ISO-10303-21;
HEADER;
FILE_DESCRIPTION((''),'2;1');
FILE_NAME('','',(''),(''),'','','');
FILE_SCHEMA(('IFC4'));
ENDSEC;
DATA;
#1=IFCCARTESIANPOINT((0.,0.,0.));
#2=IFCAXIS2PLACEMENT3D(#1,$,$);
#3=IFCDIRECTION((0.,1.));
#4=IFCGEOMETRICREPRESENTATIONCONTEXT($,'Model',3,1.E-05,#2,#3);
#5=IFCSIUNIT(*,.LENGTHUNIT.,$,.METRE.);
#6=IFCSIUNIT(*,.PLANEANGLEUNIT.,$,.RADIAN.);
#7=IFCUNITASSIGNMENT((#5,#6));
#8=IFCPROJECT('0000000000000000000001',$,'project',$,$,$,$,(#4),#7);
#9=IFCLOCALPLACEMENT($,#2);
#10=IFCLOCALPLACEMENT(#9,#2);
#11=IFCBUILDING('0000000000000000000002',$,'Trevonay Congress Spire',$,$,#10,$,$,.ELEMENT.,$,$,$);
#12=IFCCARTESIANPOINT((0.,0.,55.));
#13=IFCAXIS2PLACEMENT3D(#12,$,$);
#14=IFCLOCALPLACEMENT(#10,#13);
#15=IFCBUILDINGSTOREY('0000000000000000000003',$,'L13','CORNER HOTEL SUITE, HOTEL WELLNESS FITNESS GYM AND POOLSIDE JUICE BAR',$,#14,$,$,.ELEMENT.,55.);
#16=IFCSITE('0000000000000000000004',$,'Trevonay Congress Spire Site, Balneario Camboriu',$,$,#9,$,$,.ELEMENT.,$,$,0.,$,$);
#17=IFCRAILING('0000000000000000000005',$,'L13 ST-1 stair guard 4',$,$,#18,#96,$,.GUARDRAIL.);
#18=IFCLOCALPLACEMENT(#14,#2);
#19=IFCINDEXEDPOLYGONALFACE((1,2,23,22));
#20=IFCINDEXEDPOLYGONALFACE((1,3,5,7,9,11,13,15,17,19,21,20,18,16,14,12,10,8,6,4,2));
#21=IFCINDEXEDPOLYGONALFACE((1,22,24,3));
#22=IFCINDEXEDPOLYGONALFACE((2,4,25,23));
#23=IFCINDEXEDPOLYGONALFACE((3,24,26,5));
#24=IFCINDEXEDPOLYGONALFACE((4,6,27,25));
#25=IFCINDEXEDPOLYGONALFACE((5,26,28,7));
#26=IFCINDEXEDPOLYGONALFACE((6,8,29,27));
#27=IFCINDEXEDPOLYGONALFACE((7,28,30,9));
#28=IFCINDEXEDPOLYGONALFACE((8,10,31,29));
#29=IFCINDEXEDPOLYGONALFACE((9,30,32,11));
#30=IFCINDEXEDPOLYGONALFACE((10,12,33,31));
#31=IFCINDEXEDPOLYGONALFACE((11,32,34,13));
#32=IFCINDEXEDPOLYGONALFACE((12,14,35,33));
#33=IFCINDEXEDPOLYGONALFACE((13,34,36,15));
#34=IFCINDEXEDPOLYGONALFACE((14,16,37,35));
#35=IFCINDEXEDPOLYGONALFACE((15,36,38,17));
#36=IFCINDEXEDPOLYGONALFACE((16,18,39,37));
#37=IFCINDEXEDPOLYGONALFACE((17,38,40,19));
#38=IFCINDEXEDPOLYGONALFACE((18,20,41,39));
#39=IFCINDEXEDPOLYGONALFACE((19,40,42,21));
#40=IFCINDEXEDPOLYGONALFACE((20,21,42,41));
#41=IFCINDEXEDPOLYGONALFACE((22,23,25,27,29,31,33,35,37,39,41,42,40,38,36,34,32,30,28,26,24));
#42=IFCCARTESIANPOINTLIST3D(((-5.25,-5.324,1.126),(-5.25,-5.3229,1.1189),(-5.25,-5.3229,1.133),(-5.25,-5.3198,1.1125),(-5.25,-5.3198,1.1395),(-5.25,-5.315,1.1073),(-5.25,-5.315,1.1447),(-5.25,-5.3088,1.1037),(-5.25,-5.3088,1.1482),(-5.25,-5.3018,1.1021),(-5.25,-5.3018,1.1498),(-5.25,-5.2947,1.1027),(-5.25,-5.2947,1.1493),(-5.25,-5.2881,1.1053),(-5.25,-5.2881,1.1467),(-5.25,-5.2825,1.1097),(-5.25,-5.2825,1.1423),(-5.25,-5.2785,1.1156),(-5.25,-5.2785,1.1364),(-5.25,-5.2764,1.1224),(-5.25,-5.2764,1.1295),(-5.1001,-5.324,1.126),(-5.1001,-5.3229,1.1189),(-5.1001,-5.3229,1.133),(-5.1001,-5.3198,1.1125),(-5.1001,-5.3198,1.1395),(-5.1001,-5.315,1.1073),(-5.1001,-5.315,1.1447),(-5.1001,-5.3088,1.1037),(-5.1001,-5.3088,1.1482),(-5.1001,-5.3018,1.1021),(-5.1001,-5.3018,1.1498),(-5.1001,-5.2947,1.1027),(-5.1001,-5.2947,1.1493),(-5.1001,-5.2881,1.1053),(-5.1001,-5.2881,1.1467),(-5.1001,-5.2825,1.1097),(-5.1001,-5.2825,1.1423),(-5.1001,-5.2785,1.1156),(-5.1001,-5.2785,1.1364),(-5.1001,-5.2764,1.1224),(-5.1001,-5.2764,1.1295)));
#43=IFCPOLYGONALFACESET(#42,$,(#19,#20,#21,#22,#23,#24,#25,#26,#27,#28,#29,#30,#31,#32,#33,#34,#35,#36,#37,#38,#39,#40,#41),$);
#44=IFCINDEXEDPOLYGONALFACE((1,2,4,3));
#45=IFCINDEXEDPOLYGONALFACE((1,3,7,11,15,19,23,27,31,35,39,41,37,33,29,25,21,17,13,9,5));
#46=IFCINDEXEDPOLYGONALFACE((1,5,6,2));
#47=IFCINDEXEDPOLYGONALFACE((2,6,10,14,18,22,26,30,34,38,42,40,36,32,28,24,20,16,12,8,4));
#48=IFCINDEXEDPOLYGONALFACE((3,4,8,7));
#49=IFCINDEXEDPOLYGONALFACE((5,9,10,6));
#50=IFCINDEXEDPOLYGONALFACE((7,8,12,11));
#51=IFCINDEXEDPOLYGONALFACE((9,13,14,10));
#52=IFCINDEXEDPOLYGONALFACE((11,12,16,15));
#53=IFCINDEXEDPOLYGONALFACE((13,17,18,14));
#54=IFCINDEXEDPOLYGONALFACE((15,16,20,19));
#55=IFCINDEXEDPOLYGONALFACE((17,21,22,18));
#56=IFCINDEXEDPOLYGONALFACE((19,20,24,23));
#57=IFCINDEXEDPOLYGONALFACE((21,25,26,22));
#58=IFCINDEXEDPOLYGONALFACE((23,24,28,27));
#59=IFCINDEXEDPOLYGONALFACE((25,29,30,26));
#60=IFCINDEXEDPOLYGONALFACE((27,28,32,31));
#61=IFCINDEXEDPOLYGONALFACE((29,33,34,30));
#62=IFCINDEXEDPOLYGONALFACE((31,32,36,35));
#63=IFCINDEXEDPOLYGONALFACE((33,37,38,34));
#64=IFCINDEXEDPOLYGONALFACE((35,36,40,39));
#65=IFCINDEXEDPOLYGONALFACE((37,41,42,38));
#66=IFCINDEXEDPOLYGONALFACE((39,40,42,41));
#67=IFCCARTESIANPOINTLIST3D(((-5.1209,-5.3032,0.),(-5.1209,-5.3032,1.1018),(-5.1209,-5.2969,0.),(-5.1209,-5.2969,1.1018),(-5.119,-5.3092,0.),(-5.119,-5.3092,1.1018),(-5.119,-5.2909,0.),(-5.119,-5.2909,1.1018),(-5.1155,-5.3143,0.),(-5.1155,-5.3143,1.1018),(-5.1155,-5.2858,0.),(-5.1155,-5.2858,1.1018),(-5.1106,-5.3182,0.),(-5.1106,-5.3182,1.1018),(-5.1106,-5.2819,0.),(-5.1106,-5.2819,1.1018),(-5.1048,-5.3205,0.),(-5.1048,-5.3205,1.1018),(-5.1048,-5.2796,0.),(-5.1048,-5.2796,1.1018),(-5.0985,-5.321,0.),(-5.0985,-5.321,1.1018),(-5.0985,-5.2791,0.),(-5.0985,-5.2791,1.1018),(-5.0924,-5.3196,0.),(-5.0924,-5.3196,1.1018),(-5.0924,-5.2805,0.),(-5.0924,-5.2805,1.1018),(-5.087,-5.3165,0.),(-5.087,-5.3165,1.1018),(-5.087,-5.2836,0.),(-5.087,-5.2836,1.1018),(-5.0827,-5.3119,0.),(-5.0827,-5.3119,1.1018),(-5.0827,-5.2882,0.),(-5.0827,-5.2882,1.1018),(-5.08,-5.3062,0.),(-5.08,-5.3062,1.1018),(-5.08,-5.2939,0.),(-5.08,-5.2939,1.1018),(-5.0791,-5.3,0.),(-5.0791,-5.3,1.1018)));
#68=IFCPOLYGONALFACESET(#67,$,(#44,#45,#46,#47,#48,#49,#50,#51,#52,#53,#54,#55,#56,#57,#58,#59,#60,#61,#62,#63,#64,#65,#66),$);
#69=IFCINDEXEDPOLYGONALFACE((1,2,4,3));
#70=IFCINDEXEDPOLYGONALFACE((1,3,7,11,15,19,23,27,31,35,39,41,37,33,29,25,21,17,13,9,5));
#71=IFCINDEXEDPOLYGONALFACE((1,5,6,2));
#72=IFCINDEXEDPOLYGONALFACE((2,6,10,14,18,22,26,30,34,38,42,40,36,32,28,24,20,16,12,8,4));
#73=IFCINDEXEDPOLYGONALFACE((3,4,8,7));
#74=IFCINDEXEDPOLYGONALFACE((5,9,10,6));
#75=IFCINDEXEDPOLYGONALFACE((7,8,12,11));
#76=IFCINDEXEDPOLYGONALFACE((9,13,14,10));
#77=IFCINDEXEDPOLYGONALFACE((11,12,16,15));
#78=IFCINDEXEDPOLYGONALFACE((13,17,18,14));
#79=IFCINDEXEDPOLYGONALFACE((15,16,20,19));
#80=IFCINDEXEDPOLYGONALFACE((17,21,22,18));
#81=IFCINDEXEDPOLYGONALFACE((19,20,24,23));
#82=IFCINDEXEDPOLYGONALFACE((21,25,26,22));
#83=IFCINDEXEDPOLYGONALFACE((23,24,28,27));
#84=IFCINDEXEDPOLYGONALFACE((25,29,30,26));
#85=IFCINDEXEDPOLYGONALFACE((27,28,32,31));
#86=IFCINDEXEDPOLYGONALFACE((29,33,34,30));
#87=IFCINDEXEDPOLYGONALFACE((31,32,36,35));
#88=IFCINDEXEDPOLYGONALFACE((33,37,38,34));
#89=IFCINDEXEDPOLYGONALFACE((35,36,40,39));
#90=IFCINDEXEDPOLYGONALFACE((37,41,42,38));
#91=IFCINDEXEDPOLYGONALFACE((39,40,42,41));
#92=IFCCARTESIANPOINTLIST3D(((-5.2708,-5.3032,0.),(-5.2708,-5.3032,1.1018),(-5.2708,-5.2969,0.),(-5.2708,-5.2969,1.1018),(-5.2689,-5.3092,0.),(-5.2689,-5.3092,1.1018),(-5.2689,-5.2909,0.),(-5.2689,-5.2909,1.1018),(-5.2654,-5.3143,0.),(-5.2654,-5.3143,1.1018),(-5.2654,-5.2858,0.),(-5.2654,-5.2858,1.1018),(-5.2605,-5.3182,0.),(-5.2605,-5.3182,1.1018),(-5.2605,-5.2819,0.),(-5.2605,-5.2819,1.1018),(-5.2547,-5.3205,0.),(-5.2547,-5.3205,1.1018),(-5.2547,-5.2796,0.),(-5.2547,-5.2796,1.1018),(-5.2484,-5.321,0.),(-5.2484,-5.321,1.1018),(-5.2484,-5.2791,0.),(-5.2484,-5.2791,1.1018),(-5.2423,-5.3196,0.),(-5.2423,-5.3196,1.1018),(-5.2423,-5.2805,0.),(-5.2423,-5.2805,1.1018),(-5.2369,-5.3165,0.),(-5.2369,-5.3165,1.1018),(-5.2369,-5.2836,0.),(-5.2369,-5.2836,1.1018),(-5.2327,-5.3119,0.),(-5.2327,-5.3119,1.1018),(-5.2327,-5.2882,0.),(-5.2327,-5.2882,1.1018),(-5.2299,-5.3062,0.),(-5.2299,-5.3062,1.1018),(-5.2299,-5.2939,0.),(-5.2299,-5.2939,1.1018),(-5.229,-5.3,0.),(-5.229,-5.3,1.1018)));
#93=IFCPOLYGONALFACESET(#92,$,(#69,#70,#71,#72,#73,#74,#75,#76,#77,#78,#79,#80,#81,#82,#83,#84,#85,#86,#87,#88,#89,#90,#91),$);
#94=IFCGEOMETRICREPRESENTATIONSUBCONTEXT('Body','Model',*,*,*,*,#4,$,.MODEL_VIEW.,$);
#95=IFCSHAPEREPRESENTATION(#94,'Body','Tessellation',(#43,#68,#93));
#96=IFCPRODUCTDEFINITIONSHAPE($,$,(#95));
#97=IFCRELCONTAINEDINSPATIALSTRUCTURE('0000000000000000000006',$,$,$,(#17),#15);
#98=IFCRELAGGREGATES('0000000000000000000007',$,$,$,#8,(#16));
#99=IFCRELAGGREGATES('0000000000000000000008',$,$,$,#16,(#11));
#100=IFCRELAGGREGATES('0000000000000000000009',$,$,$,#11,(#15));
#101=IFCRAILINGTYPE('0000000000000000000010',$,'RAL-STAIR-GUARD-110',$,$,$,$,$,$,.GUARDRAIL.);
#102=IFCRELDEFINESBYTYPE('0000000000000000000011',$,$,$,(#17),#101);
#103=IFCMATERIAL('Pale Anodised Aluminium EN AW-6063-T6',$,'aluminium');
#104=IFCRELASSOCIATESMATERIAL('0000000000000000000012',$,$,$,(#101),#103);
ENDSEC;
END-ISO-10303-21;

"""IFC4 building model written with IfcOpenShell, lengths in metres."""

from ifc_helpers import new_model, si_unit, direction, frame, origin, origin_2d, place, context, subcontext, project, spatial, circle, extrude, material, type_object, element, save


model = new_model("IFC4")

# Units and contexts
model_context = context("Model", 3, precision=1e-05, world=origin(), true_north=direction((0.0, 1.0)))
body_context = subcontext(model_context, "Body", "Model", "MODEL_VIEW")
ifc_project = project(units=[si_unit("LENGTHUNIT", "METRE"), si_unit("PLANEANGLEUNIT", "RADIAN")], contexts=[model_context])

# Site, building, storey
site_placement = place(None, origin())
site = spatial("IfcSite", under=ifc_project, at=site_placement, Name="Trevonay Congress Spire Site, Balneario Camboriu", CompositionType="ELEMENT", RefElevation=0.0)
building_placement = place(site_placement, origin())
building = spatial("IfcBuilding", under=site, at=building_placement, Name="Trevonay Congress Spire", CompositionType="ELEMENT")
storey_placement = place(building_placement, frame((0.0, 0.0, 55.0)))
storey = spatial("IfcBuildingStorey", under=building, at=storey_placement, Name="L13", Description="CORNER HOTEL SUITE, HOTEL WELLNESS FITNESS GYM AND POOLSIDE JUICE BAR", CompositionType="ELEMENT", Elevation=55.0)

# Shared definitions
ifc_material_1 = material(Name="Pale Anodised Aluminium EN AW-6063-T6", Category="aluminium")

# Railing
railing_type_1 = type_object("IfcRailingType", Name="RAL-STAIR-GUARD-110", PredefinedType="GUARDRAIL", material=ifc_material_1)
railing_1_placement = place(storey_placement, frame((-5.1001, -5.3, 0.0)))
element("IfcRailing", 1, at=railing_1_placement, inside=storey, type_object=railing_type_1, Name="L13 ST-1 stair guard 4", PredefinedType="GUARDRAIL", context=body_context, shape_type="SweptSolid", body=[
    extrude(circle(Radius=0.0239, at=origin_2d()), frame((0.0, 0.0, 1.126), z_axis=(-1.0, 0.0, 0.0), x_axis=(0.0, -1.0, 0.0)), (0.0, 0.0, 1.0), 0.1499),
    extrude(circle(Radius=0.021, at=origin_2d()), origin(), (0.0, 0.0, 1.0), 1.1018),
    extrude(circle(Radius=0.021, at=origin_2d()), frame((-0.1499, 0.0, 0.0)), (0.0, 0.0, 1.0), 1.1018),
])

save(model, "model.ifc")
